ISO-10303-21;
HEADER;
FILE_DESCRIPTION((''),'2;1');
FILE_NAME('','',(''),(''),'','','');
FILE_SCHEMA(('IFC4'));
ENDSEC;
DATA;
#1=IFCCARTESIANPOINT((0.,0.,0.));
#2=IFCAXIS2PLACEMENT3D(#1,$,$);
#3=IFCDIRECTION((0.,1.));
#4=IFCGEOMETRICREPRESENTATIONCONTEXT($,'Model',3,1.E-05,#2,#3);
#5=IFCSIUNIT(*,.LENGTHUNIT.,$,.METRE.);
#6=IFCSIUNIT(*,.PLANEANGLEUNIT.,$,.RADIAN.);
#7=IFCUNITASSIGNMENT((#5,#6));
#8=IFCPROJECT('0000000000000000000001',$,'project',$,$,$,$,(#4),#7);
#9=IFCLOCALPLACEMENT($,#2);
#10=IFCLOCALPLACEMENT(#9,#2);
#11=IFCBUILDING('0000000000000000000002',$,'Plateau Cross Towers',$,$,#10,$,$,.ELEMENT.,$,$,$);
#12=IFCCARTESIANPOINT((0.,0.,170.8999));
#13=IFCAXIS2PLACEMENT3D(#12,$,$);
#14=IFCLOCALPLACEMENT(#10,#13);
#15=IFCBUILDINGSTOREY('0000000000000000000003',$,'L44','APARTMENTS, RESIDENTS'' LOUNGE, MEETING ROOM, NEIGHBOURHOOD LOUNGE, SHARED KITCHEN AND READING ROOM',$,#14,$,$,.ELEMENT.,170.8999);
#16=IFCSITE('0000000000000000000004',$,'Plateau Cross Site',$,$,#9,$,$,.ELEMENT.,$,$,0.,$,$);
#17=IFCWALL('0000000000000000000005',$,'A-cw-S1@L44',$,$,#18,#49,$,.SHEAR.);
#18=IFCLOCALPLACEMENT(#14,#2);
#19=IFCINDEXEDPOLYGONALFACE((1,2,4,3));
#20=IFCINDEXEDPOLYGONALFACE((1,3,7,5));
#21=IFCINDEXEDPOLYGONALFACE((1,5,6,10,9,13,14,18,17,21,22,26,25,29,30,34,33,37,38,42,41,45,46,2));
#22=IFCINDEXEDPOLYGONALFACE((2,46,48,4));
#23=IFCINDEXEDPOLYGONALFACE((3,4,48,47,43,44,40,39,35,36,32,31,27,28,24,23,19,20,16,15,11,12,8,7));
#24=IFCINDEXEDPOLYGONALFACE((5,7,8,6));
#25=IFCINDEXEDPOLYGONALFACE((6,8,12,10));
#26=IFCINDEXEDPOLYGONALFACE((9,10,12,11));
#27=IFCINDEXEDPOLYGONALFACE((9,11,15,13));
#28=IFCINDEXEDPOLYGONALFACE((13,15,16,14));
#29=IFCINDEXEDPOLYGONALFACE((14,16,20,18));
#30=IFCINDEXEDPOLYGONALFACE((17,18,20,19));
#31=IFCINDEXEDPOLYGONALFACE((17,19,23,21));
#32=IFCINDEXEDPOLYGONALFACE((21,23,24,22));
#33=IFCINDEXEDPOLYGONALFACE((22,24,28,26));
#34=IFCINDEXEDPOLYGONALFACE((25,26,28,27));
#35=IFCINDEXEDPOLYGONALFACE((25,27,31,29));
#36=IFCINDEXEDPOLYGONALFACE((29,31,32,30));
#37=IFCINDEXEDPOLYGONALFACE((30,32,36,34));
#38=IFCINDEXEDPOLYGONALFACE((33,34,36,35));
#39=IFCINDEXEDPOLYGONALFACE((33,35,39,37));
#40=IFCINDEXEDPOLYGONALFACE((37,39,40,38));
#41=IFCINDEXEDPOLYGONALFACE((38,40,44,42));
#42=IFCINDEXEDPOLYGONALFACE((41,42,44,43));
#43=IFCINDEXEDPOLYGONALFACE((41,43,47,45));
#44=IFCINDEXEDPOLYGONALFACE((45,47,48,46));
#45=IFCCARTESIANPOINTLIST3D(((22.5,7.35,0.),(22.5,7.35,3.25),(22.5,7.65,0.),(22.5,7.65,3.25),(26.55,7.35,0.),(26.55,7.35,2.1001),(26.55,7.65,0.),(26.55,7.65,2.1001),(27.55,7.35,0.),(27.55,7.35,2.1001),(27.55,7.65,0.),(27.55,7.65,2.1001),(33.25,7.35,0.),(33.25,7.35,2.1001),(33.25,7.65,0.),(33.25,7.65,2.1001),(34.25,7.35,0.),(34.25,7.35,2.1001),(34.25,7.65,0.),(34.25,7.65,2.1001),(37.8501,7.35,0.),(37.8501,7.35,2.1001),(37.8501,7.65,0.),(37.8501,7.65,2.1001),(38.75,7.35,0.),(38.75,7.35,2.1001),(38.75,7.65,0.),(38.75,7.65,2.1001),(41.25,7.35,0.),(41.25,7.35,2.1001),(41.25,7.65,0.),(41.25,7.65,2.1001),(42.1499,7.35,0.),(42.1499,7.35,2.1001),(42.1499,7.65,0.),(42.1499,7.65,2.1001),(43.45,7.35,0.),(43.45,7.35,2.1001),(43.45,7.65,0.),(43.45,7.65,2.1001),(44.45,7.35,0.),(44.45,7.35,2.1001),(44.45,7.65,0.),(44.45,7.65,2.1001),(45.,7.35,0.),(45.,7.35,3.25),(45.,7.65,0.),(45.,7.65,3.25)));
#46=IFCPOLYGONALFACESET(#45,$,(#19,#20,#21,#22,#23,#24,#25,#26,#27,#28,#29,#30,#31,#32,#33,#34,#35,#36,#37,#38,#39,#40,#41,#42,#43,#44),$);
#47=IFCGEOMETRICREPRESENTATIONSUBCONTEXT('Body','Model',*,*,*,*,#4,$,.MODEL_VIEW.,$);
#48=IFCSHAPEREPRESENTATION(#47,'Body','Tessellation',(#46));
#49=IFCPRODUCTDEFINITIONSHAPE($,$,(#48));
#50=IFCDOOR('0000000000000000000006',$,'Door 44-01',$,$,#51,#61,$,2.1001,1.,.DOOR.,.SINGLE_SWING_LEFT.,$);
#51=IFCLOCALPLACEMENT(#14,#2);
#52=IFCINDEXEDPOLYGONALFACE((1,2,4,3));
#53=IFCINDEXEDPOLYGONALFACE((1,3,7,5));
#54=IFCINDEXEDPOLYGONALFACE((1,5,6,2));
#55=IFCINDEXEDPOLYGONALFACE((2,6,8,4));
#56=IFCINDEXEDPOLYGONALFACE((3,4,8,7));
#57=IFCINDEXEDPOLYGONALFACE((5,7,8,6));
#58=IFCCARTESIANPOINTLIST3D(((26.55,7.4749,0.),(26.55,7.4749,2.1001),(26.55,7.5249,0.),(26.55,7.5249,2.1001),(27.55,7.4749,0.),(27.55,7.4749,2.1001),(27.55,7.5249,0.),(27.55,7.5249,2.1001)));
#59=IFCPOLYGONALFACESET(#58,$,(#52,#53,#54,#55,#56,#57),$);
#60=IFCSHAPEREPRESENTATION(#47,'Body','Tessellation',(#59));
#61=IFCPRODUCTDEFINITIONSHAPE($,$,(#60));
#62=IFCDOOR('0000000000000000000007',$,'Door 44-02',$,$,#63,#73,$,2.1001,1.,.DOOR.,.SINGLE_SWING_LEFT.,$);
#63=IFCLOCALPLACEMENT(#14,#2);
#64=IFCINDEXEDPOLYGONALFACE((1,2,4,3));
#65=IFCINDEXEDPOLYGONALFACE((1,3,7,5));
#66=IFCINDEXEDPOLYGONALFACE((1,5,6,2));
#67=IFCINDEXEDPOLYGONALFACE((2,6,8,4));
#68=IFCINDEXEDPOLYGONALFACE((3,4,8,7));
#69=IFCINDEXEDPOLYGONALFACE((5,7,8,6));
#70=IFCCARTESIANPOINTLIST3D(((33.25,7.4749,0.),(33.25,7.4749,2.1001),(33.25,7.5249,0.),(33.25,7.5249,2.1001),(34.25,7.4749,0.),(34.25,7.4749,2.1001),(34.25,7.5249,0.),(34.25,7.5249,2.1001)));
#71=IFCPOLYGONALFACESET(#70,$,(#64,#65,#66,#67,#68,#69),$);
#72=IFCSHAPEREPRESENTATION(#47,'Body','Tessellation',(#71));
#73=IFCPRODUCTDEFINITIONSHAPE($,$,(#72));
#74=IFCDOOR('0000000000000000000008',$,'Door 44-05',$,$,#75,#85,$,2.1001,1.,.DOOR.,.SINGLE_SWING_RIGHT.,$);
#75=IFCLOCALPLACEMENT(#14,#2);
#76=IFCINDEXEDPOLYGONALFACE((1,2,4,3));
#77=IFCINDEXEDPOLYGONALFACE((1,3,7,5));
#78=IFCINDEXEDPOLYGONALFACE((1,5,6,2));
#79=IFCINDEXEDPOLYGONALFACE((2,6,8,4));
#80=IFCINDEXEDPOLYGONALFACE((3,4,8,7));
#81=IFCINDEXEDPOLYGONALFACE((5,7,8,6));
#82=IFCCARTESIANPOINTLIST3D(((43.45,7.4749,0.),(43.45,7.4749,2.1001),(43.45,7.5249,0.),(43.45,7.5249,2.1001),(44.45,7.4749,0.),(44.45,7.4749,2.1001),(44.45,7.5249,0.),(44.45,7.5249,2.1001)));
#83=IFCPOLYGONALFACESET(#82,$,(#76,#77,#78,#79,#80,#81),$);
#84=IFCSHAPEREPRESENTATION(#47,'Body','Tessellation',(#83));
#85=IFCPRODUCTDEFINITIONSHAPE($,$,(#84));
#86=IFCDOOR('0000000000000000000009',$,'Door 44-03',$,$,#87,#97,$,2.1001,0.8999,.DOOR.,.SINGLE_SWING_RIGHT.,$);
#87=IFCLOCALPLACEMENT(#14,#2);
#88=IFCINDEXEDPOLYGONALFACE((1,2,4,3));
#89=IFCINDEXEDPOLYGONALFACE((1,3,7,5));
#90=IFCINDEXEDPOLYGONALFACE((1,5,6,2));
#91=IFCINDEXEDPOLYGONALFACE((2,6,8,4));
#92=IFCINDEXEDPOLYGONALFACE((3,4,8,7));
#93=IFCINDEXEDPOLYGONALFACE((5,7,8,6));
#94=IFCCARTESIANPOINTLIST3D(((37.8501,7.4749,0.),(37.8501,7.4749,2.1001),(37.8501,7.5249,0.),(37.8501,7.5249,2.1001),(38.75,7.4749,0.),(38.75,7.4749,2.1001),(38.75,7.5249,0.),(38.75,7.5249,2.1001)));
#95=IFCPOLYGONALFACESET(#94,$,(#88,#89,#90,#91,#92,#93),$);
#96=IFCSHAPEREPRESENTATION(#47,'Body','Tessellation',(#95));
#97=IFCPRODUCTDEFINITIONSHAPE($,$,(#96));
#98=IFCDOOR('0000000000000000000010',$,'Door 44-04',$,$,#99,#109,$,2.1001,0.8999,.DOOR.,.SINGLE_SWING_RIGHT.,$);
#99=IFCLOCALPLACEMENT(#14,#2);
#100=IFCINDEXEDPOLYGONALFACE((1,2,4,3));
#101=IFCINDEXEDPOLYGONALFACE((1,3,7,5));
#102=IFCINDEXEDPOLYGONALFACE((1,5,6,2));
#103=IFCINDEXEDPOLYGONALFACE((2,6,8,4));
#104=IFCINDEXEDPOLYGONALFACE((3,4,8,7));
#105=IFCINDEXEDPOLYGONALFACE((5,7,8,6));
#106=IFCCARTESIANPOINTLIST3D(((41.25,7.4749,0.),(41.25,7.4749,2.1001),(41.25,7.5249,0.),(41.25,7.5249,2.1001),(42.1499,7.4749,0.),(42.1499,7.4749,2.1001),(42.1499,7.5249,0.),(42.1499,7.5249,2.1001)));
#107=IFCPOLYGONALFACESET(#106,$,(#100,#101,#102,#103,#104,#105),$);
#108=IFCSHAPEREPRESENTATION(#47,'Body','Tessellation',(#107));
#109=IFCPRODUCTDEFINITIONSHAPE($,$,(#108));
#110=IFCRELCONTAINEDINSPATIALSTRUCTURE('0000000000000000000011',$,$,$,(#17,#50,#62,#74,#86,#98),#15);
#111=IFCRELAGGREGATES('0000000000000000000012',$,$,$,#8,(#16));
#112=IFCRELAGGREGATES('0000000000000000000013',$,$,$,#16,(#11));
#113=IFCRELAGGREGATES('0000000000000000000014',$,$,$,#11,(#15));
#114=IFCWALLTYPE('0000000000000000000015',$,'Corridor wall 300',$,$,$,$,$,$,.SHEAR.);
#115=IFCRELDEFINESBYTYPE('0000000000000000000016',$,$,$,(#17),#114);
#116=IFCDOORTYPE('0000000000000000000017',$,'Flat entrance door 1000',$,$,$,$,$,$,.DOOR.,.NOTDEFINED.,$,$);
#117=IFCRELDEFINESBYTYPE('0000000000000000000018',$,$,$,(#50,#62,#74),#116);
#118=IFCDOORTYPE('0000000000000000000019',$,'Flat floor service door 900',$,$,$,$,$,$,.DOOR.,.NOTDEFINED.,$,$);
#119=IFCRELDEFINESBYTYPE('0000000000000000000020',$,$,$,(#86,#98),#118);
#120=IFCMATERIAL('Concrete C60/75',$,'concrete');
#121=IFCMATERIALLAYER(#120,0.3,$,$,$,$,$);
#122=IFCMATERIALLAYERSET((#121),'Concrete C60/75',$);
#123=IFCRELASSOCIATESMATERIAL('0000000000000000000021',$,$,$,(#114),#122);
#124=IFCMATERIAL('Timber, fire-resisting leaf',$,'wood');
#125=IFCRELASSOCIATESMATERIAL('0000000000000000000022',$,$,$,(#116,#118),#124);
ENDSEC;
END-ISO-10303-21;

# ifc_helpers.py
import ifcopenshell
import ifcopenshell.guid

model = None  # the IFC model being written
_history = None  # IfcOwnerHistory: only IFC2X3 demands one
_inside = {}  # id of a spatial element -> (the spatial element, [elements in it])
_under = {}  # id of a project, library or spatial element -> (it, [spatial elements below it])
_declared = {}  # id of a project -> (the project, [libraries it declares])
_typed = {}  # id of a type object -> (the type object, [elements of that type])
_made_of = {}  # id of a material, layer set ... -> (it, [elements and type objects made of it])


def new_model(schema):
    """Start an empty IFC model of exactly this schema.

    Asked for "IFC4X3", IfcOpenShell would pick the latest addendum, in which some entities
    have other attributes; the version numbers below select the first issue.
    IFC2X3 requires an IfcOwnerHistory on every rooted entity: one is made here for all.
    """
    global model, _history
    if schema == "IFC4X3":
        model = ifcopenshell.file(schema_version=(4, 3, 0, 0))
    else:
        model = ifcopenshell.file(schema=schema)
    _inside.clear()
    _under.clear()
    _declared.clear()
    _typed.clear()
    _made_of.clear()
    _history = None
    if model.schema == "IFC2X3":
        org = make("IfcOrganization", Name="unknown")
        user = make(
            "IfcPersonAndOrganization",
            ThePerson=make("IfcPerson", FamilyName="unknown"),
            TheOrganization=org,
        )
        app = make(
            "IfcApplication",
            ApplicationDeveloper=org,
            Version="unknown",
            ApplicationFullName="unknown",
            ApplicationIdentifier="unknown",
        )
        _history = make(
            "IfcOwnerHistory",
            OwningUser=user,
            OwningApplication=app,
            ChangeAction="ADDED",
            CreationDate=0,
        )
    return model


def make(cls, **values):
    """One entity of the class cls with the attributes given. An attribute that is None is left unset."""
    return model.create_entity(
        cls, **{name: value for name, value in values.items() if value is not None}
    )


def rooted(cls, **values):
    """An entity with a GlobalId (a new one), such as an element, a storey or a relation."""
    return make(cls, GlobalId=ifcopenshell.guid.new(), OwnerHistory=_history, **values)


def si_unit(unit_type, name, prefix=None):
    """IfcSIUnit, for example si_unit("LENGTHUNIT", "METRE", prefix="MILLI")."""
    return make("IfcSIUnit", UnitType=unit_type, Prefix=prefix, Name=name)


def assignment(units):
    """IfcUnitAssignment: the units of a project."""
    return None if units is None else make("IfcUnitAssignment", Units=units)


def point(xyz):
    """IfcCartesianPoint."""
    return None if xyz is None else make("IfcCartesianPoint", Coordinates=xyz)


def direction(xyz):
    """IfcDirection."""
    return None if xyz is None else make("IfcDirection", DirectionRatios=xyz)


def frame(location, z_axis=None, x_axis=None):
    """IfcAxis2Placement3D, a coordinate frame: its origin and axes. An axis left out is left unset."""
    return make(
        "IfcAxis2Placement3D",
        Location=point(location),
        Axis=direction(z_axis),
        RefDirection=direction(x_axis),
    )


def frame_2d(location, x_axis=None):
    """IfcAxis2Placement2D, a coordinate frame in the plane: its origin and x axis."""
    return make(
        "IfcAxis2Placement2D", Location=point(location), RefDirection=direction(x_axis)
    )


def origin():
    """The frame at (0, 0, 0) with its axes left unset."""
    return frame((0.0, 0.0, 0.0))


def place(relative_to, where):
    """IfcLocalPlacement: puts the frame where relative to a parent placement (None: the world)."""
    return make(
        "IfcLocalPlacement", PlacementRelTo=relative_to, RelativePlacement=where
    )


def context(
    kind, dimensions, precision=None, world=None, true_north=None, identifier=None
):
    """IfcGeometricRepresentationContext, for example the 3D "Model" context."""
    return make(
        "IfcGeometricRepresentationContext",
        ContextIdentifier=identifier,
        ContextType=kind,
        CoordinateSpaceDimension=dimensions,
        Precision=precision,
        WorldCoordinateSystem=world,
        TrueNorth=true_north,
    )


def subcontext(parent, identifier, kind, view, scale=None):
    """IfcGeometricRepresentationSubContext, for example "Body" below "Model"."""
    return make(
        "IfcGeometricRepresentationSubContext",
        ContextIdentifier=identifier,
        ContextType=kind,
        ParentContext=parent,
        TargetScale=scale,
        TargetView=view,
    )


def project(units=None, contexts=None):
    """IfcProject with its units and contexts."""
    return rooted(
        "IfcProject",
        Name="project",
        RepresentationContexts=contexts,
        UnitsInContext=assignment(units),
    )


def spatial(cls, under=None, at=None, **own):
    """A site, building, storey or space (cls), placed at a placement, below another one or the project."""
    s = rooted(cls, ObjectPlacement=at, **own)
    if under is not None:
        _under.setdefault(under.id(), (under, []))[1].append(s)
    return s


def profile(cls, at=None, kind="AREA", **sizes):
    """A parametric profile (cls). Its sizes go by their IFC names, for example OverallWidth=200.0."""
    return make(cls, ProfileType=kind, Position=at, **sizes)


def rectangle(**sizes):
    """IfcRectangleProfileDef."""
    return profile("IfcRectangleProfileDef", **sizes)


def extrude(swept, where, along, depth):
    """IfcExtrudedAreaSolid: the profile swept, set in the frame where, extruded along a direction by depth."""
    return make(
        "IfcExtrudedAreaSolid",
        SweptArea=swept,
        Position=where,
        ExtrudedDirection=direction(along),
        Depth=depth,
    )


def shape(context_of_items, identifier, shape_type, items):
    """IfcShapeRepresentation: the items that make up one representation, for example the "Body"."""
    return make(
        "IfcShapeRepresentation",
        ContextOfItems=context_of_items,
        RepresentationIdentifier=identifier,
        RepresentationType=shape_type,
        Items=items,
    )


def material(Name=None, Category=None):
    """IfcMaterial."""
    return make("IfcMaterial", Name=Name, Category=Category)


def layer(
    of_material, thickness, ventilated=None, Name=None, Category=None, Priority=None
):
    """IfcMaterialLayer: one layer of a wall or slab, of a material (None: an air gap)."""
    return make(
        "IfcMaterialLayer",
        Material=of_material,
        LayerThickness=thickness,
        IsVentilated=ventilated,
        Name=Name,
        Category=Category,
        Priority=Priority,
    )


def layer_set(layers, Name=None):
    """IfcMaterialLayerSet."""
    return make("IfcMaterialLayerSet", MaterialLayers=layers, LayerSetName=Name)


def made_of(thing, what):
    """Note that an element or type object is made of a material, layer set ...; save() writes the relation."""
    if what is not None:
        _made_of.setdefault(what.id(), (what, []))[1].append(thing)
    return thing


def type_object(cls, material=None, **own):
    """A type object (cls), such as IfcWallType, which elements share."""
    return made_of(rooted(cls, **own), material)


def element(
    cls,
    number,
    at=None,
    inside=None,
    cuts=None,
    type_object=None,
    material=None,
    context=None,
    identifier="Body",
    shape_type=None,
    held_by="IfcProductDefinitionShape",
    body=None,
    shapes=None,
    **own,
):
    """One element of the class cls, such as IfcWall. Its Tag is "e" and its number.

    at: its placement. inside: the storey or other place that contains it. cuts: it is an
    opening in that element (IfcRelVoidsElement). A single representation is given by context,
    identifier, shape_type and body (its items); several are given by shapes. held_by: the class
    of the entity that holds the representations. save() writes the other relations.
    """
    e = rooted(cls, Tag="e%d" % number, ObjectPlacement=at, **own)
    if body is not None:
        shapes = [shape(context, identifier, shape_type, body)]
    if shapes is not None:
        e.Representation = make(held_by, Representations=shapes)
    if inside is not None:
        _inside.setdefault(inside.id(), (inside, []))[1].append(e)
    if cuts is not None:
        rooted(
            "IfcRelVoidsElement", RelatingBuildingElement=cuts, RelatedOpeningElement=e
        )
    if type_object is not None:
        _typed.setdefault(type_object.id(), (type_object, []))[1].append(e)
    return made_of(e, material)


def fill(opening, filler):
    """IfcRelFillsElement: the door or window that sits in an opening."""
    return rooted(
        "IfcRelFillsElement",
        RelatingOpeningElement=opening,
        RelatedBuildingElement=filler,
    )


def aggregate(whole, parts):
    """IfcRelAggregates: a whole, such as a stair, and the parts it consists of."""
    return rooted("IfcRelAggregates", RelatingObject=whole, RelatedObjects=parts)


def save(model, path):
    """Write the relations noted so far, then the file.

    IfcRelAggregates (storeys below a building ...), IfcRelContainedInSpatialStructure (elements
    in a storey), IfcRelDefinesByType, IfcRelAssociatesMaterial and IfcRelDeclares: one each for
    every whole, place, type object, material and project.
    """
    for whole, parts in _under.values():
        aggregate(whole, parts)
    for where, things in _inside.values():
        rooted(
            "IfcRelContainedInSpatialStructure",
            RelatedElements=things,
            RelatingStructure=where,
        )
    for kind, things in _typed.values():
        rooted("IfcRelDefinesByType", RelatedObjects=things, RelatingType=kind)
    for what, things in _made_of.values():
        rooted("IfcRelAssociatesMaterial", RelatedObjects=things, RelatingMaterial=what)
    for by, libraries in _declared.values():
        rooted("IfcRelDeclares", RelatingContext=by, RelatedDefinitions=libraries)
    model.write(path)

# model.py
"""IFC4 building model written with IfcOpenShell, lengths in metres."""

from ifc_helpers import new_model, si_unit, direction, frame, frame_2d, origin, place, context, subcontext, project, spatial, rectangle, extrude, material, layer, layer_set, type_object, element, fill, save


model = new_model("IFC4")

# Units and contexts
model_context = context("Model", 3, precision=1e-05, world=origin(), true_north=direction((0.0, 1.0)))
body_context = subcontext(model_context, "Body", "Model", "MODEL_VIEW")
ifc_project = project(units=[si_unit("LENGTHUNIT", "METRE"), si_unit("PLANEANGLEUNIT", "RADIAN")], contexts=[model_context])

# Site, building, storey
site_placement = place(None, origin())
site = spatial("IfcSite", under=ifc_project, at=site_placement, Name="Plateau Cross Site", CompositionType="ELEMENT", RefElevation=0.0)
building_placement = place(site_placement, origin())
building = spatial("IfcBuilding", under=site, at=building_placement, Name="Plateau Cross Towers", CompositionType="ELEMENT")
storey_placement = place(building_placement, frame((0.0, 0.0, 170.8999)))
storey = spatial("IfcBuildingStorey", under=building, at=storey_placement, Name="L44", Description="APARTMENTS, RESIDENTS' LOUNGE, MEETING ROOM, NEIGHBOURHOOD LOUNGE, SHARED KITCHEN AND READING ROOM", CompositionType="ELEMENT", Elevation=170.8999)

# Shared definitions
ifc_material_1 = material(Name="Concrete C60/75", Category="concrete")

# Wall, openings, doors
ifc_layer_1 = layer(ifc_material_1, 0.3)
ifc_layer_set_1 = layer_set([ifc_layer_1], Name="Concrete C60/75")
wall_type_1 = type_object("IfcWallType", Name="Corridor wall 300", PredefinedType="SHEAR", material=ifc_layer_set_1)
wall_1_placement = place(storey_placement, frame((22.5, 7.5, 0.0), z_axis=(0.0, 0.0, 1.0), x_axis=(1.0, 0.0, 0.0)))
wall_1 = element("IfcWall", 1, at=wall_1_placement, inside=storey, type_object=wall_type_1, Name="A-cw-S1@L44", PredefinedType="SHEAR", context=body_context, shape_type="SweptSolid", body=[
    extrude(rectangle(XDim=22.5, YDim=0.3, at=frame_2d((11.25, 0.0))), origin(), (0.0, 0.0, 1.0), 3.25),
])
opening_1_placement = place(wall_1_placement, frame((4.05, 0.0, 0.0)))
opening_1 = element("IfcOpeningElement", 2, at=opening_1_placement, cuts=wall_1, PredefinedType="OPENING", context=body_context, shape_type="SweptSolid", body=[
    extrude(rectangle(XDim=1.0, YDim=2.1001, at=frame_2d((0.5, 1.05))), frame((0.0, 0.1599, 0.0), z_axis=(0.0, -1.0, 0.0), x_axis=(1.0, 0.0, 0.0)), (0.0, 0.0, 1.0), 0.3201),
])
opening_2_placement = place(wall_1_placement, frame((10.75, 0.0, 0.0)))
opening_2 = element("IfcOpeningElement", 3, at=opening_2_placement, cuts=wall_1, PredefinedType="OPENING", context=body_context, shape_type="SweptSolid", body=[
    extrude(rectangle(XDim=1.0, YDim=2.1001, at=frame_2d((0.5, 1.05))), frame((0.0, 0.1599, 0.0), z_axis=(0.0, -1.0, 0.0), x_axis=(1.0, 0.0, 0.0)), (0.0, 0.0, 1.0), 0.3201),
])
opening_3_placement = place(wall_1_placement, frame((15.3501, 0.0, 0.0)))
opening_3 = element("IfcOpeningElement", 4, at=opening_3_placement, cuts=wall_1, PredefinedType="OPENING", context=body_context, shape_type="SweptSolid", body=[
    extrude(rectangle(XDim=0.8999, YDim=2.1001, at=frame_2d((0.45, 1.05))), frame((0.0, 0.1599, 0.0), z_axis=(0.0, -1.0, 0.0), x_axis=(1.0, 0.0, 0.0)), (0.0, 0.0, 1.0), 0.3201),
])
opening_4_placement = place(wall_1_placement, frame((18.75, 0.0, 0.0)))
opening_4 = element("IfcOpeningElement", 5, at=opening_4_placement, cuts=wall_1, PredefinedType="OPENING", context=body_context, shape_type="SweptSolid", body=[
    extrude(rectangle(XDim=0.8999, YDim=2.1001, at=frame_2d((0.45, 1.05))), frame((0.0, 0.1599, 0.0), z_axis=(0.0, -1.0, 0.0), x_axis=(1.0, 0.0, 0.0)), (0.0, 0.0, 1.0), 0.3201),
])
opening_5_placement = place(wall_1_placement, frame((20.95, 0.0, 0.0)))
opening_5 = element("IfcOpeningElement", 6, at=opening_5_placement, cuts=wall_1, PredefinedType="OPENING", context=body_context, shape_type="SweptSolid", body=[
    extrude(rectangle(XDim=1.0, YDim=2.1001, at=frame_2d((0.5, 1.05))), frame((0.0, 0.1599, 0.0), z_axis=(0.0, -1.0, 0.0), x_axis=(1.0, 0.0, 0.0)), (0.0, 0.0, 1.0), 0.3201),
])
ifc_material_2 = material(Name="Timber, fire-resisting leaf", Category="wood")
door_type_1 = type_object("IfcDoorType", Name="Flat entrance door 1000", OperationType="NOTDEFINED", PredefinedType="DOOR", material=ifc_material_2)
door_1_placement = place(opening_1_placement, origin())
door_1 = element("IfcDoor", 7, at=door_1_placement, inside=storey, type_object=door_type_1, Name="Door 44-01", OperationType="SINGLE_SWING_LEFT", OverallHeight=2.1001, OverallWidth=1.0, PredefinedType="DOOR", context=body_context, shape_type="SweptSolid", body=[
    extrude(rectangle(XDim=1.0, YDim=2.1001, at=frame_2d((0.5, 1.05))), frame((0.0, 0.0249, 0.0), z_axis=(0.0, -1.0, 0.0), x_axis=(1.0, 0.0, 0.0)), (0.0, 0.0, 1.0), 0.05),
])
fill(opening_1, door_1)
door_2_placement = place(opening_2_placement, origin())
door_2 = element("IfcDoor", 8, at=door_2_placement, inside=storey, type_object=door_type_1, Name="Door 44-02", OperationType="SINGLE_SWING_LEFT", OverallHeight=2.1001, OverallWidth=1.0, PredefinedType="DOOR", context=body_context, shape_type="SweptSolid", body=[
    extrude(rectangle(XDim=1.0, YDim=2.1001, at=frame_2d((0.5, 1.05))), frame((0.0, 0.0249, 0.0), z_axis=(0.0, -1.0, 0.0), x_axis=(1.0, 0.0, 0.0)), (0.0, 0.0, 1.0), 0.05),
])
fill(opening_2, door_2)
door_3_placement = place(opening_5_placement, origin())
door_3 = element("IfcDoor", 9, at=door_3_placement, inside=storey, type_object=door_type_1, Name="Door 44-05", OperationType="SINGLE_SWING_RIGHT", OverallHeight=2.1001, OverallWidth=1.0, PredefinedType="DOOR", context=body_context, shape_type="SweptSolid", body=[
    extrude(rectangle(XDim=1.0, YDim=2.1001, at=frame_2d((0.5, 1.05))), frame((0.0, 0.0249, 0.0), z_axis=(0.0, -1.0, 0.0), x_axis=(1.0, 0.0, 0.0)), (0.0, 0.0, 1.0), 0.05),
])
fill(opening_5, door_3)
door_type_2 = type_object("IfcDoorType", Name="Flat floor service door 900", OperationType="NOTDEFINED", PredefinedType="DOOR", material=ifc_material_2)
door_4_placement = place(opening_3_placement, origin())
door_4 = element("IfcDoor", 10, at=door_4_placement, inside=storey, type_object=door_type_2, Name="Door 44-03", OperationType="SINGLE_SWING_RIGHT", OverallHeight=2.1001, OverallWidth=0.8999, PredefinedType="DOOR", context=body_context, shape_type="SweptSolid", body=[
    extrude(rectangle(XDim=0.8999, YDim=2.1001, at=frame_2d((0.45, 1.05))), frame((0.0, 0.0249, 0.0), z_axis=(0.0, -1.0, 0.0), x_axis=(1.0, 0.0, 0.0)), (0.0, 0.0, 1.0), 0.05),
])
fill(opening_3, door_4)
door_5_placement = place(opening_4_placement, origin())
door_5 = element("IfcDoor", 11, at=door_5_placement, inside=storey, type_object=door_type_2, Name="Door 44-04", OperationType="SINGLE_SWING_RIGHT", OverallHeight=2.1001, OverallWidth=0.8999, PredefinedType="DOOR", context=body_context, shape_type="SweptSolid", body=[
    extrude(rectangle(XDim=0.8999, YDim=2.1001, at=frame_2d((0.45, 1.05))), frame((0.0, 0.0249, 0.0), z_axis=(0.0, -1.0, 0.0), x_axis=(1.0, 0.0, 0.0)), (0.0, 0.0, 1.0), 0.05),
])
fill(opening_4, door_5)

save(model, "model.ifc")
